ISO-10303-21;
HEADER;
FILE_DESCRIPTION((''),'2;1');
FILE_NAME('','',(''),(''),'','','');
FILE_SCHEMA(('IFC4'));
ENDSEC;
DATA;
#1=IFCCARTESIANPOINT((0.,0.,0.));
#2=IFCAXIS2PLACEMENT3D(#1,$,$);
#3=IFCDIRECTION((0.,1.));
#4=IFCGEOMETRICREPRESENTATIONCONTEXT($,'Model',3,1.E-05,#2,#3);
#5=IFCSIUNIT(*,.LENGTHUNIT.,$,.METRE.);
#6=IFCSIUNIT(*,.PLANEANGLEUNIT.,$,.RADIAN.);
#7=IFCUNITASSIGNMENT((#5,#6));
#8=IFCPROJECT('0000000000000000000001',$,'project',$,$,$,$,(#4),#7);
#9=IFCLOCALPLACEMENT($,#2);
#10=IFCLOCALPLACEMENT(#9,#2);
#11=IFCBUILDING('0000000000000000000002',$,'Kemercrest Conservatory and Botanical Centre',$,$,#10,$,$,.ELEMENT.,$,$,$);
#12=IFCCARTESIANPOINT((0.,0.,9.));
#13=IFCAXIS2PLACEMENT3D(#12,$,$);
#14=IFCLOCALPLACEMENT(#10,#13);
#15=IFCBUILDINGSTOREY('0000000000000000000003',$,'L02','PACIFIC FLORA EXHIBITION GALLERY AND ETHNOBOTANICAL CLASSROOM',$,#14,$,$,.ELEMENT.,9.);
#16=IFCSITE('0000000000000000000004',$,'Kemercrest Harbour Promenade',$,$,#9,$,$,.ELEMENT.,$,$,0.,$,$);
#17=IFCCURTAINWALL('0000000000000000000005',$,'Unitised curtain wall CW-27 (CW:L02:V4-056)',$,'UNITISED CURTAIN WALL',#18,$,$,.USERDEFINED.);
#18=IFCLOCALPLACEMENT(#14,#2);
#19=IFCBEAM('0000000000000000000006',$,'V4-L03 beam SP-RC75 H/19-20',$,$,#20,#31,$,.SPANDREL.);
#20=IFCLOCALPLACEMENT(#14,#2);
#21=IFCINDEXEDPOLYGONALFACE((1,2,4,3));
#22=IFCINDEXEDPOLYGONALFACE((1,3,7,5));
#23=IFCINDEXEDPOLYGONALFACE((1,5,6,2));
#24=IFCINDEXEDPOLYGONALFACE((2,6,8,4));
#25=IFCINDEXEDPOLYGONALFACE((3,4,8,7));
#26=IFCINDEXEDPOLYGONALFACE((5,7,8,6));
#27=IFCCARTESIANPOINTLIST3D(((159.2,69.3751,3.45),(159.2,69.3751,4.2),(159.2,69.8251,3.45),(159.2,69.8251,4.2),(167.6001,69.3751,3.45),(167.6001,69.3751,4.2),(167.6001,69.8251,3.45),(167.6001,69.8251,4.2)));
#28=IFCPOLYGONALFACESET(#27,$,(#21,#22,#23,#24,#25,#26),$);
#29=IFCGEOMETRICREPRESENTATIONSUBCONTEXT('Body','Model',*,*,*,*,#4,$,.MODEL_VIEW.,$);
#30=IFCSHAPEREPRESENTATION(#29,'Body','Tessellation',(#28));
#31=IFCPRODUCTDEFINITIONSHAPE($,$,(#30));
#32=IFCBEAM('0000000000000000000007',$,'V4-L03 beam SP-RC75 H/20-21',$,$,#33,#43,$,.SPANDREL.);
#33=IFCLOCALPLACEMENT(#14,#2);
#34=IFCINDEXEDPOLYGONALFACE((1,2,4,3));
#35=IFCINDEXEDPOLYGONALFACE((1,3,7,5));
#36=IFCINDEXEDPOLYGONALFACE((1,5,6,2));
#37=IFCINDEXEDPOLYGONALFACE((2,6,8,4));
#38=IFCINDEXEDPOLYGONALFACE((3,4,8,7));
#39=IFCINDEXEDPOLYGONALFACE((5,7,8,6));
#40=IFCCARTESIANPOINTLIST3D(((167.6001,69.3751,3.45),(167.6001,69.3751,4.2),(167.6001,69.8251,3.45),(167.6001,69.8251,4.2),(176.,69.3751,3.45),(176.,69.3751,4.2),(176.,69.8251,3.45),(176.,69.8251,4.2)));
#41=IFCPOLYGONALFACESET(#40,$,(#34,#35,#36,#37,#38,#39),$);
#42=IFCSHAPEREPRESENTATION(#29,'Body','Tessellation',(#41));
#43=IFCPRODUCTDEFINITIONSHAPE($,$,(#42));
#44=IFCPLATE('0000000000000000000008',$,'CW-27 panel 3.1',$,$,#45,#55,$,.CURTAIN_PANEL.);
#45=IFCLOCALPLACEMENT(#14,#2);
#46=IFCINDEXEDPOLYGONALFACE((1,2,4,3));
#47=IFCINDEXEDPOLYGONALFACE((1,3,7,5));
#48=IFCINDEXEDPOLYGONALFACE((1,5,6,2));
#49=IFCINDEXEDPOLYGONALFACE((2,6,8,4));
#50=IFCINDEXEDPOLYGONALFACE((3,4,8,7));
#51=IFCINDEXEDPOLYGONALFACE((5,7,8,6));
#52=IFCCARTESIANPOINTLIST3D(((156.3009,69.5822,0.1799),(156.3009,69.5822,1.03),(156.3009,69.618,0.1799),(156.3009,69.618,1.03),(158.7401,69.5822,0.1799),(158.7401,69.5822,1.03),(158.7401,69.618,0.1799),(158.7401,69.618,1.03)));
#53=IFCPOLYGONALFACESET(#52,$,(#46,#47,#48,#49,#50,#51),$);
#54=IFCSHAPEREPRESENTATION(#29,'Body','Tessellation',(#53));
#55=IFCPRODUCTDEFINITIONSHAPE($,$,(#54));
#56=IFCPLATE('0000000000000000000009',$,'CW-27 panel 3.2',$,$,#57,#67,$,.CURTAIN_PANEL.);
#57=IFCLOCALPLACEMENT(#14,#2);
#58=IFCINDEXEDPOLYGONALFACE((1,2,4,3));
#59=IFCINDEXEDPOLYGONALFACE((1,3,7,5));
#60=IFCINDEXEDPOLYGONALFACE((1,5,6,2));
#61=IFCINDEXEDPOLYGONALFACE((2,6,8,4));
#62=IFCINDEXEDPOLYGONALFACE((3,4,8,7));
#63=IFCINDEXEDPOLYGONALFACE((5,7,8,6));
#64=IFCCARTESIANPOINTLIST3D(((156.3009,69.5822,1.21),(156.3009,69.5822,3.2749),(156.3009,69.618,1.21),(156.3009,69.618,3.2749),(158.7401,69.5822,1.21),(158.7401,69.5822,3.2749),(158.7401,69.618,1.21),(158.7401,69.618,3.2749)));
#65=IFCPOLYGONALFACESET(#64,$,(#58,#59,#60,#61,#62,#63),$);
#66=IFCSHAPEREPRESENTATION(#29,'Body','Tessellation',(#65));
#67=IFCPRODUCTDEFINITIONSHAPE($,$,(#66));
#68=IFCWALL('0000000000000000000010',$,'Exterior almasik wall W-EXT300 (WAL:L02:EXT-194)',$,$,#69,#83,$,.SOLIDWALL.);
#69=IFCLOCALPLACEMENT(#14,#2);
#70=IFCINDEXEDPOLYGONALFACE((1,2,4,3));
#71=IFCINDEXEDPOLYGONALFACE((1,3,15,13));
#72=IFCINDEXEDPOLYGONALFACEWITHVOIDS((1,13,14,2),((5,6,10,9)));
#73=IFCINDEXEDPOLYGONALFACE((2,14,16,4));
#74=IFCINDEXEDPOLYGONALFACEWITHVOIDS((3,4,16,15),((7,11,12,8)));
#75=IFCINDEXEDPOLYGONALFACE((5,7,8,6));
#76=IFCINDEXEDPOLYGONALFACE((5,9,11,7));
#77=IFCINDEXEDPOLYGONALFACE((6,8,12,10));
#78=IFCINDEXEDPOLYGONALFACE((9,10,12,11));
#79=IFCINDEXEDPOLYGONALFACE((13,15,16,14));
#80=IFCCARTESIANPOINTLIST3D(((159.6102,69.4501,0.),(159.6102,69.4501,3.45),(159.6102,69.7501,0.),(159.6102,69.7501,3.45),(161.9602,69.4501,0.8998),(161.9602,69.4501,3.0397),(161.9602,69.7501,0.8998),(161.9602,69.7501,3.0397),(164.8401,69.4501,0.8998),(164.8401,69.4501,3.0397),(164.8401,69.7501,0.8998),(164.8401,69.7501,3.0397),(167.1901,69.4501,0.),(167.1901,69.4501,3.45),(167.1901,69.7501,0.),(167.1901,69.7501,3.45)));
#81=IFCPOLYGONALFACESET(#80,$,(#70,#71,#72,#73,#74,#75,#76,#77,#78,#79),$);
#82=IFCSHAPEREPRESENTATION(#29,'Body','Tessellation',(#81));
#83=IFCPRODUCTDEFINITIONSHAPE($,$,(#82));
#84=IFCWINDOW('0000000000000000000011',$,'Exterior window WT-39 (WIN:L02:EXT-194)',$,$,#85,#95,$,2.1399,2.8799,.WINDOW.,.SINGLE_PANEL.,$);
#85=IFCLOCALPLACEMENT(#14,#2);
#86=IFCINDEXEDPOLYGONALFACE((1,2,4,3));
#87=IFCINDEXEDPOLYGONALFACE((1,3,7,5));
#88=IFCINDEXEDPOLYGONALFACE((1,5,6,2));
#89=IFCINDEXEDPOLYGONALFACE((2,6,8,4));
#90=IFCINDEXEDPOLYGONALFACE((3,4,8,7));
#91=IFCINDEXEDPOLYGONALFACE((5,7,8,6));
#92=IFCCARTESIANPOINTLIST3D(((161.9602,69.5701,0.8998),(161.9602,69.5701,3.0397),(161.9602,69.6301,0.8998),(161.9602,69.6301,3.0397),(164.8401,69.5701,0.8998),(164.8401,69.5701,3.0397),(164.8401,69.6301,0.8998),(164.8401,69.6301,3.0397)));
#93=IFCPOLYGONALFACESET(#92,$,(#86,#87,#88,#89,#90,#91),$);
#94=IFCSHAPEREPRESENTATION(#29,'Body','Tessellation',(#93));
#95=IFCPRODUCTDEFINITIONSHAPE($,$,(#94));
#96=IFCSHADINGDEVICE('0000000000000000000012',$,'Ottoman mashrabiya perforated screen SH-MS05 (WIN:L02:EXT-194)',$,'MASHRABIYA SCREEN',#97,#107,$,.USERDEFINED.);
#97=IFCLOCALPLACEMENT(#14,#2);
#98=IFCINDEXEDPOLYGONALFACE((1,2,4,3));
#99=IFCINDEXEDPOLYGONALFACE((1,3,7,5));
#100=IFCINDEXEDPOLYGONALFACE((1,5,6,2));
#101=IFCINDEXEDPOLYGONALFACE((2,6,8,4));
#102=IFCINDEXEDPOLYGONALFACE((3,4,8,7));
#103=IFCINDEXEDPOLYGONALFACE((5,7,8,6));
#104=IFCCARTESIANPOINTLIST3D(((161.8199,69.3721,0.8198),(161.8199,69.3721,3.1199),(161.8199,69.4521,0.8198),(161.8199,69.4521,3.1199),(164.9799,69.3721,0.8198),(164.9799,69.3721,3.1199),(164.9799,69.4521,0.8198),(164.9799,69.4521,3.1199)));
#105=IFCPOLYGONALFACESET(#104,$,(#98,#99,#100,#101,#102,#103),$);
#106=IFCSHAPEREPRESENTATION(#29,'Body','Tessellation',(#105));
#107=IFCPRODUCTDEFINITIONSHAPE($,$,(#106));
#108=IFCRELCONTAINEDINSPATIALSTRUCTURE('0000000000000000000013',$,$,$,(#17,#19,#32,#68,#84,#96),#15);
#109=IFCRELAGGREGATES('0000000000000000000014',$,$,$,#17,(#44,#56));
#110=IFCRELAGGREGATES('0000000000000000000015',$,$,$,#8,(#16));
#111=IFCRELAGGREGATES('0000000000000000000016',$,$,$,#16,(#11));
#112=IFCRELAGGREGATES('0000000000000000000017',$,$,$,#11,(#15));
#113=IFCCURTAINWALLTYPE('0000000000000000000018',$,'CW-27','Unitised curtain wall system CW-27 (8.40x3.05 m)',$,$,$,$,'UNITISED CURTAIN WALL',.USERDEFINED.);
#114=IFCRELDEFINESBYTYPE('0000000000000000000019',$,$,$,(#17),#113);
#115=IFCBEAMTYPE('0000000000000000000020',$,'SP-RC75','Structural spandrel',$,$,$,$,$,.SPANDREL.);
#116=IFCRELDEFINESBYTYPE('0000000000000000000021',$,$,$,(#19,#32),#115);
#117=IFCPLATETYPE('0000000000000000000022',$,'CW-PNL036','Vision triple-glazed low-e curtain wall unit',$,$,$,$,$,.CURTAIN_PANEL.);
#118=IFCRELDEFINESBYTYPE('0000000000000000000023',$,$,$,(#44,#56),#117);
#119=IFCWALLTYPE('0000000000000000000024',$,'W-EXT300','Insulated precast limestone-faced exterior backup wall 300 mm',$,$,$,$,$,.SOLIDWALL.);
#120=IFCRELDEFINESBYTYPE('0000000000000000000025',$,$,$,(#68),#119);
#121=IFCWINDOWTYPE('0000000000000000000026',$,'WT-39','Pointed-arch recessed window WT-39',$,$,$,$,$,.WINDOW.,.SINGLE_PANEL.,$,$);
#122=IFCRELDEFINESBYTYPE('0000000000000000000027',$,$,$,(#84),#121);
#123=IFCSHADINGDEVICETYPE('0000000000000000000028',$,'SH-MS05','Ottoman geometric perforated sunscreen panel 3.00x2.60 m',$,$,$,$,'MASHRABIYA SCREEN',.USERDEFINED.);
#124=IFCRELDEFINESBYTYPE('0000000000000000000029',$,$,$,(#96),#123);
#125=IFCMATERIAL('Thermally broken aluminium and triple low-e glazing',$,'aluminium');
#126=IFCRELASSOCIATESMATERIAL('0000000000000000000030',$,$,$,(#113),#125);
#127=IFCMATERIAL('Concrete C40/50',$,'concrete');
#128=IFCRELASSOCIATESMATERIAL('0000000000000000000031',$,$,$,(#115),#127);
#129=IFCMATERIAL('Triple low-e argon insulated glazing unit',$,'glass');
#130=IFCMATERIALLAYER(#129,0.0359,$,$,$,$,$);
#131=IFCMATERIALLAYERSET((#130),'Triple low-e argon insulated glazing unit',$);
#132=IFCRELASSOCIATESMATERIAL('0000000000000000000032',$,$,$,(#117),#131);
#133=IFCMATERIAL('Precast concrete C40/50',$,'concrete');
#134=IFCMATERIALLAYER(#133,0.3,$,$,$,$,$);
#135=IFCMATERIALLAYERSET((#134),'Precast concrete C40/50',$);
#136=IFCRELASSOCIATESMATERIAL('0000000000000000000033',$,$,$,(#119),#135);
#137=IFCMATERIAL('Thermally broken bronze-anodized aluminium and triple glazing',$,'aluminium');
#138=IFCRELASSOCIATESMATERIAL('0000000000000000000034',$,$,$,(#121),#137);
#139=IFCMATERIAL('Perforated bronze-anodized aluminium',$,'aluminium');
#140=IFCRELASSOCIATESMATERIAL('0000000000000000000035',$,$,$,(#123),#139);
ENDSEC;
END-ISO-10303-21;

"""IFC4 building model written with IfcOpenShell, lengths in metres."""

from ifc_helpers import new_model, si_unit, direction, frame, frame_2d, origin, origin_2d, place, context, subcontext, project, spatial, rectangle, extrude, material, layer, layer_set, material_profile, profile_set, type_object, element, fill, aggregate, save


model = new_model("IFC4")

# Units and contexts
model_context = context("Model", 3, precision=1e-05, world=origin(), true_north=direction((0.0, 1.0)))
body_context = subcontext(model_context, "Body", "Model", "MODEL_VIEW")
ifc_project = project(units=[si_unit("LENGTHUNIT", "METRE"), si_unit("PLANEANGLEUNIT", "RADIAN")], contexts=[model_context])

# Site, building, storey
site_placement = place(None, origin())
site = spatial("IfcSite", under=ifc_project, at=site_placement, Name="Kemercrest Harbour Promenade", CompositionType="ELEMENT", RefElevation=0.0)
building_placement = place(site_placement, origin())
building = spatial("IfcBuilding", under=site, at=building_placement, Name="Kemercrest Conservatory and Botanical Centre", CompositionType="ELEMENT")
storey_placement = place(building_placement, frame((0.0, 0.0, 9.0)))
storey = spatial("IfcBuildingStorey", under=building, at=storey_placement, Name="L02", Description="PACIFIC FLORA EXHIBITION GALLERY AND ETHNOBOTANICAL CLASSROOM", CompositionType="ELEMENT", Elevation=9.0)

# Curtain wall
ifc_material_1 = material(Name="Thermally broken aluminium and triple low-e glazing", Category="aluminium")
curtain_wall_type_1 = type_object("IfcCurtainWallType", Name="CW-27", Description="Unitised curtain wall system CW-27 (8.40x3.05 m)", ElementType="UNITISED CURTAIN WALL", PredefinedType="USERDEFINED", material=ifc_material_1)
curtain_wall_1_placement = place(storey_placement, origin())
curtain_wall_1 = element("IfcCurtainWall", 1, at=curtain_wall_1_placement, inside=storey, type_object=curtain_wall_type_1, Name="Unitised curtain wall CW-27 (CW:L02:V4-056)", ObjectType="UNITISED CURTAIN WALL", PredefinedType="USERDEFINED")

# Beams
ifc_material_2 = material(Name="Concrete C40/50", Category="concrete")
ifc_material_profile_1 = material_profile(ifc_material_2, rectangle(XDim=0.45, YDim=0.75, at=origin_2d()), Name="RC 450x750")
ifc_profile_set_1 = profile_set([ifc_material_profile_1], Name="Concrete C40/50")
beam_type_1 = type_object("IfcBeamType", Name="SP-RC75", Description="Structural spandrel", PredefinedType="SPANDREL", material=ifc_profile_set_1)
beam_1_placement = place(storey_placement, frame((159.2, 69.6001, 3.825), z_axis=(1.0, 0.0, 0.0), x_axis=(0.0, 1.0, 0.0)))
element("IfcBeam", 2, at=beam_1_placement, inside=storey, type_object=beam_type_1, Name="V4-L03 beam SP-RC75 H/19-20", PredefinedType="SPANDREL", context=body_context, shape_type="SweptSolid", body=[
    extrude(rectangle(XDim=0.45, YDim=0.75, at=origin_2d()), origin(), (0.0, 0.0, 1.0), 8.4001),
])
beam_2_placement = place(storey_placement, frame((167.6001, 69.6001, 3.825), z_axis=(1.0, 0.0, 0.0), x_axis=(0.0, 1.0, 0.0)))
element("IfcBeam", 3, at=beam_2_placement, inside=storey, type_object=beam_type_1, Name="V4-L03 beam SP-RC75 H/20-21", PredefinedType="SPANDREL", context=body_context, shape_type="SweptSolid", body=[
    extrude(rectangle(XDim=0.45, YDim=0.75, at=origin_2d()), origin(), (0.0, 0.0, 1.0), 8.3999),
])

# Plates
ifc_material_3 = material(Name="Triple low-e argon insulated glazing unit", Category="glass")
ifc_layer_1 = layer(ifc_material_3, 0.0359)
ifc_layer_set_1 = layer_set([ifc_layer_1], Name="Triple low-e argon insulated glazing unit")
plate_type = type_object("IfcPlateType", Name="CW-PNL036", Description="Vision triple-glazed low-e curtain wall unit", PredefinedType="CURTAIN_PANEL", material=ifc_layer_set_1)
plate_1_placement = place(storey_placement, frame((157.5205, 69.6001, 0.1799), z_axis=(0.0, 0.0, 1.0), x_axis=(1.0, 0.0, 0.0)))
plate_1 = element("IfcPlate", 4, at=plate_1_placement, type_object=plate_type, Name="CW-27 panel 3.1", PredefinedType="CURTAIN_PANEL", context=body_context, shape_type="SweptSolid", body=[
    extrude(rectangle(XDim=2.4392, YDim=0.0359, at=origin_2d()), origin(), (0.0, 0.0, 1.0), 0.8501),
])
plate_2_placement = place(storey_placement, frame((157.5205, 69.6001, 1.21), z_axis=(0.0, 0.0, 1.0), x_axis=(1.0, 0.0, 0.0)))
plate_2 = element("IfcPlate", 5, at=plate_2_placement, type_object=plate_type, Name="CW-27 panel 3.2", PredefinedType="CURTAIN_PANEL", context=body_context, shape_type="SweptSolid", body=[
    extrude(rectangle(XDim=2.4392, YDim=0.0359, at=origin_2d()), origin(), (0.0, 0.0, 1.0), 2.0649),
])
aggregate(curtain_wall_1, [plate_1, plate_2])

# Wall, opening, window
ifc_material_4 = material(Name="Precast concrete C40/50", Category="concrete")
ifc_layer_2 = layer(ifc_material_4, 0.3)
ifc_layer_set_2 = layer_set([ifc_layer_2], Name="Precast concrete C40/50")
wall_type = type_object("IfcWallType", Name="W-EXT300", Description="Insulated precast limestone-faced exterior backup wall 300 mm", PredefinedType="SOLIDWALL", material=ifc_layer_set_2)
wall_placement = place(storey_placement, frame((159.6101, 69.6001, 0.0), z_axis=(0.0, 0.0, 1.0), x_axis=(1.0, 0.0, 0.0)))
wall = element("IfcWall", 6, at=wall_placement, inside=storey, type_object=wall_type, Name="Exterior almasik wall W-EXT300 (WAL:L02:EXT-194)", PredefinedType="SOLIDWALL", context=body_context, shape_type="SweptSolid", body=[
    extrude(rectangle(XDim=7.5798, YDim=0.3, at=frame_2d((3.79, 0.0))), origin(), (0.0, 0.0, 1.0), 3.45),
])
opening_placement = place(wall_placement, frame((2.3501, 0.0, 0.8999)))
opening = element("IfcOpeningElement", 7, at=opening_placement, cuts=wall, PredefinedType="OPENING", context=body_context, shape_type="SweptSolid", body=[
    extrude(rectangle(XDim=2.8799, YDim=2.1399, at=frame_2d((1.4399, 1.0698))), frame((0.0, 0.1602, 0.0), z_axis=(0.0, -1.0, 0.0), x_axis=(1.0, 0.0, 0.0)), (0.0, 0.0, 1.0), 0.3201),
])
ifc_material_5 = material(Name="Thermally broken bronze-anodized aluminium and triple glazing", Category="aluminium")
window_type = type_object("IfcWindowType", Name="WT-39", Description="Pointed-arch recessed window WT-39", PartitioningType="SINGLE_PANEL", PredefinedType="WINDOW", material=ifc_material_5)
window_placement = place(opening_placement, origin())
window = element("IfcWindow", 8, at=window_placement, inside=storey, type_object=window_type, Name="Exterior window WT-39 (WIN:L02:EXT-194)", OverallHeight=2.1399, OverallWidth=2.8799, PartitioningType="SINGLE_PANEL", PredefinedType="WINDOW", context=body_context, shape_type="SweptSolid", body=[
    extrude(rectangle(XDim=2.8799, YDim=2.1399, at=frame_2d((1.4399, 1.0698))), frame((0.0, 0.03, 0.0), z_axis=(0.0, -1.0, 0.0), x_axis=(1.0, 0.0, 0.0)), (0.0, 0.0, 1.0), 0.0601),
])
fill(opening, window)

# Shading device
ifc_material_6 = material(Name="Perforated bronze-anodized aluminium", Category="aluminium")
shading_device_type = type_object("IfcShadingDeviceType", Name="SH-MS05", Description="Ottoman geometric perforated sunscreen panel 3.00x2.60 m", ElementType="MASHRABIYA SCREEN", PredefinedType="USERDEFINED", material=ifc_material_6)
shading_device_placement = place(storey_placement, frame((163.3999, 69.4121, 0.8198), z_axis=(0.0, 0.0, 1.0), x_axis=(1.0, 0.0, 0.0)))
element("IfcShadingDevice", 9, at=shading_device_placement, inside=storey, type_object=shading_device_type, Name="Ottoman mashrabiya perforated screen SH-MS05 (WIN:L02:EXT-194)", ObjectType="MASHRABIYA SCREEN", PredefinedType="USERDEFINED", context=body_context, shape_type="SweptSolid", body=[
    extrude(rectangle(XDim=3.1599, YDim=0.0801, at=origin_2d()), origin(), (0.0, 0.0, 1.0), 2.3),
])

save(model, "model.ifc")
